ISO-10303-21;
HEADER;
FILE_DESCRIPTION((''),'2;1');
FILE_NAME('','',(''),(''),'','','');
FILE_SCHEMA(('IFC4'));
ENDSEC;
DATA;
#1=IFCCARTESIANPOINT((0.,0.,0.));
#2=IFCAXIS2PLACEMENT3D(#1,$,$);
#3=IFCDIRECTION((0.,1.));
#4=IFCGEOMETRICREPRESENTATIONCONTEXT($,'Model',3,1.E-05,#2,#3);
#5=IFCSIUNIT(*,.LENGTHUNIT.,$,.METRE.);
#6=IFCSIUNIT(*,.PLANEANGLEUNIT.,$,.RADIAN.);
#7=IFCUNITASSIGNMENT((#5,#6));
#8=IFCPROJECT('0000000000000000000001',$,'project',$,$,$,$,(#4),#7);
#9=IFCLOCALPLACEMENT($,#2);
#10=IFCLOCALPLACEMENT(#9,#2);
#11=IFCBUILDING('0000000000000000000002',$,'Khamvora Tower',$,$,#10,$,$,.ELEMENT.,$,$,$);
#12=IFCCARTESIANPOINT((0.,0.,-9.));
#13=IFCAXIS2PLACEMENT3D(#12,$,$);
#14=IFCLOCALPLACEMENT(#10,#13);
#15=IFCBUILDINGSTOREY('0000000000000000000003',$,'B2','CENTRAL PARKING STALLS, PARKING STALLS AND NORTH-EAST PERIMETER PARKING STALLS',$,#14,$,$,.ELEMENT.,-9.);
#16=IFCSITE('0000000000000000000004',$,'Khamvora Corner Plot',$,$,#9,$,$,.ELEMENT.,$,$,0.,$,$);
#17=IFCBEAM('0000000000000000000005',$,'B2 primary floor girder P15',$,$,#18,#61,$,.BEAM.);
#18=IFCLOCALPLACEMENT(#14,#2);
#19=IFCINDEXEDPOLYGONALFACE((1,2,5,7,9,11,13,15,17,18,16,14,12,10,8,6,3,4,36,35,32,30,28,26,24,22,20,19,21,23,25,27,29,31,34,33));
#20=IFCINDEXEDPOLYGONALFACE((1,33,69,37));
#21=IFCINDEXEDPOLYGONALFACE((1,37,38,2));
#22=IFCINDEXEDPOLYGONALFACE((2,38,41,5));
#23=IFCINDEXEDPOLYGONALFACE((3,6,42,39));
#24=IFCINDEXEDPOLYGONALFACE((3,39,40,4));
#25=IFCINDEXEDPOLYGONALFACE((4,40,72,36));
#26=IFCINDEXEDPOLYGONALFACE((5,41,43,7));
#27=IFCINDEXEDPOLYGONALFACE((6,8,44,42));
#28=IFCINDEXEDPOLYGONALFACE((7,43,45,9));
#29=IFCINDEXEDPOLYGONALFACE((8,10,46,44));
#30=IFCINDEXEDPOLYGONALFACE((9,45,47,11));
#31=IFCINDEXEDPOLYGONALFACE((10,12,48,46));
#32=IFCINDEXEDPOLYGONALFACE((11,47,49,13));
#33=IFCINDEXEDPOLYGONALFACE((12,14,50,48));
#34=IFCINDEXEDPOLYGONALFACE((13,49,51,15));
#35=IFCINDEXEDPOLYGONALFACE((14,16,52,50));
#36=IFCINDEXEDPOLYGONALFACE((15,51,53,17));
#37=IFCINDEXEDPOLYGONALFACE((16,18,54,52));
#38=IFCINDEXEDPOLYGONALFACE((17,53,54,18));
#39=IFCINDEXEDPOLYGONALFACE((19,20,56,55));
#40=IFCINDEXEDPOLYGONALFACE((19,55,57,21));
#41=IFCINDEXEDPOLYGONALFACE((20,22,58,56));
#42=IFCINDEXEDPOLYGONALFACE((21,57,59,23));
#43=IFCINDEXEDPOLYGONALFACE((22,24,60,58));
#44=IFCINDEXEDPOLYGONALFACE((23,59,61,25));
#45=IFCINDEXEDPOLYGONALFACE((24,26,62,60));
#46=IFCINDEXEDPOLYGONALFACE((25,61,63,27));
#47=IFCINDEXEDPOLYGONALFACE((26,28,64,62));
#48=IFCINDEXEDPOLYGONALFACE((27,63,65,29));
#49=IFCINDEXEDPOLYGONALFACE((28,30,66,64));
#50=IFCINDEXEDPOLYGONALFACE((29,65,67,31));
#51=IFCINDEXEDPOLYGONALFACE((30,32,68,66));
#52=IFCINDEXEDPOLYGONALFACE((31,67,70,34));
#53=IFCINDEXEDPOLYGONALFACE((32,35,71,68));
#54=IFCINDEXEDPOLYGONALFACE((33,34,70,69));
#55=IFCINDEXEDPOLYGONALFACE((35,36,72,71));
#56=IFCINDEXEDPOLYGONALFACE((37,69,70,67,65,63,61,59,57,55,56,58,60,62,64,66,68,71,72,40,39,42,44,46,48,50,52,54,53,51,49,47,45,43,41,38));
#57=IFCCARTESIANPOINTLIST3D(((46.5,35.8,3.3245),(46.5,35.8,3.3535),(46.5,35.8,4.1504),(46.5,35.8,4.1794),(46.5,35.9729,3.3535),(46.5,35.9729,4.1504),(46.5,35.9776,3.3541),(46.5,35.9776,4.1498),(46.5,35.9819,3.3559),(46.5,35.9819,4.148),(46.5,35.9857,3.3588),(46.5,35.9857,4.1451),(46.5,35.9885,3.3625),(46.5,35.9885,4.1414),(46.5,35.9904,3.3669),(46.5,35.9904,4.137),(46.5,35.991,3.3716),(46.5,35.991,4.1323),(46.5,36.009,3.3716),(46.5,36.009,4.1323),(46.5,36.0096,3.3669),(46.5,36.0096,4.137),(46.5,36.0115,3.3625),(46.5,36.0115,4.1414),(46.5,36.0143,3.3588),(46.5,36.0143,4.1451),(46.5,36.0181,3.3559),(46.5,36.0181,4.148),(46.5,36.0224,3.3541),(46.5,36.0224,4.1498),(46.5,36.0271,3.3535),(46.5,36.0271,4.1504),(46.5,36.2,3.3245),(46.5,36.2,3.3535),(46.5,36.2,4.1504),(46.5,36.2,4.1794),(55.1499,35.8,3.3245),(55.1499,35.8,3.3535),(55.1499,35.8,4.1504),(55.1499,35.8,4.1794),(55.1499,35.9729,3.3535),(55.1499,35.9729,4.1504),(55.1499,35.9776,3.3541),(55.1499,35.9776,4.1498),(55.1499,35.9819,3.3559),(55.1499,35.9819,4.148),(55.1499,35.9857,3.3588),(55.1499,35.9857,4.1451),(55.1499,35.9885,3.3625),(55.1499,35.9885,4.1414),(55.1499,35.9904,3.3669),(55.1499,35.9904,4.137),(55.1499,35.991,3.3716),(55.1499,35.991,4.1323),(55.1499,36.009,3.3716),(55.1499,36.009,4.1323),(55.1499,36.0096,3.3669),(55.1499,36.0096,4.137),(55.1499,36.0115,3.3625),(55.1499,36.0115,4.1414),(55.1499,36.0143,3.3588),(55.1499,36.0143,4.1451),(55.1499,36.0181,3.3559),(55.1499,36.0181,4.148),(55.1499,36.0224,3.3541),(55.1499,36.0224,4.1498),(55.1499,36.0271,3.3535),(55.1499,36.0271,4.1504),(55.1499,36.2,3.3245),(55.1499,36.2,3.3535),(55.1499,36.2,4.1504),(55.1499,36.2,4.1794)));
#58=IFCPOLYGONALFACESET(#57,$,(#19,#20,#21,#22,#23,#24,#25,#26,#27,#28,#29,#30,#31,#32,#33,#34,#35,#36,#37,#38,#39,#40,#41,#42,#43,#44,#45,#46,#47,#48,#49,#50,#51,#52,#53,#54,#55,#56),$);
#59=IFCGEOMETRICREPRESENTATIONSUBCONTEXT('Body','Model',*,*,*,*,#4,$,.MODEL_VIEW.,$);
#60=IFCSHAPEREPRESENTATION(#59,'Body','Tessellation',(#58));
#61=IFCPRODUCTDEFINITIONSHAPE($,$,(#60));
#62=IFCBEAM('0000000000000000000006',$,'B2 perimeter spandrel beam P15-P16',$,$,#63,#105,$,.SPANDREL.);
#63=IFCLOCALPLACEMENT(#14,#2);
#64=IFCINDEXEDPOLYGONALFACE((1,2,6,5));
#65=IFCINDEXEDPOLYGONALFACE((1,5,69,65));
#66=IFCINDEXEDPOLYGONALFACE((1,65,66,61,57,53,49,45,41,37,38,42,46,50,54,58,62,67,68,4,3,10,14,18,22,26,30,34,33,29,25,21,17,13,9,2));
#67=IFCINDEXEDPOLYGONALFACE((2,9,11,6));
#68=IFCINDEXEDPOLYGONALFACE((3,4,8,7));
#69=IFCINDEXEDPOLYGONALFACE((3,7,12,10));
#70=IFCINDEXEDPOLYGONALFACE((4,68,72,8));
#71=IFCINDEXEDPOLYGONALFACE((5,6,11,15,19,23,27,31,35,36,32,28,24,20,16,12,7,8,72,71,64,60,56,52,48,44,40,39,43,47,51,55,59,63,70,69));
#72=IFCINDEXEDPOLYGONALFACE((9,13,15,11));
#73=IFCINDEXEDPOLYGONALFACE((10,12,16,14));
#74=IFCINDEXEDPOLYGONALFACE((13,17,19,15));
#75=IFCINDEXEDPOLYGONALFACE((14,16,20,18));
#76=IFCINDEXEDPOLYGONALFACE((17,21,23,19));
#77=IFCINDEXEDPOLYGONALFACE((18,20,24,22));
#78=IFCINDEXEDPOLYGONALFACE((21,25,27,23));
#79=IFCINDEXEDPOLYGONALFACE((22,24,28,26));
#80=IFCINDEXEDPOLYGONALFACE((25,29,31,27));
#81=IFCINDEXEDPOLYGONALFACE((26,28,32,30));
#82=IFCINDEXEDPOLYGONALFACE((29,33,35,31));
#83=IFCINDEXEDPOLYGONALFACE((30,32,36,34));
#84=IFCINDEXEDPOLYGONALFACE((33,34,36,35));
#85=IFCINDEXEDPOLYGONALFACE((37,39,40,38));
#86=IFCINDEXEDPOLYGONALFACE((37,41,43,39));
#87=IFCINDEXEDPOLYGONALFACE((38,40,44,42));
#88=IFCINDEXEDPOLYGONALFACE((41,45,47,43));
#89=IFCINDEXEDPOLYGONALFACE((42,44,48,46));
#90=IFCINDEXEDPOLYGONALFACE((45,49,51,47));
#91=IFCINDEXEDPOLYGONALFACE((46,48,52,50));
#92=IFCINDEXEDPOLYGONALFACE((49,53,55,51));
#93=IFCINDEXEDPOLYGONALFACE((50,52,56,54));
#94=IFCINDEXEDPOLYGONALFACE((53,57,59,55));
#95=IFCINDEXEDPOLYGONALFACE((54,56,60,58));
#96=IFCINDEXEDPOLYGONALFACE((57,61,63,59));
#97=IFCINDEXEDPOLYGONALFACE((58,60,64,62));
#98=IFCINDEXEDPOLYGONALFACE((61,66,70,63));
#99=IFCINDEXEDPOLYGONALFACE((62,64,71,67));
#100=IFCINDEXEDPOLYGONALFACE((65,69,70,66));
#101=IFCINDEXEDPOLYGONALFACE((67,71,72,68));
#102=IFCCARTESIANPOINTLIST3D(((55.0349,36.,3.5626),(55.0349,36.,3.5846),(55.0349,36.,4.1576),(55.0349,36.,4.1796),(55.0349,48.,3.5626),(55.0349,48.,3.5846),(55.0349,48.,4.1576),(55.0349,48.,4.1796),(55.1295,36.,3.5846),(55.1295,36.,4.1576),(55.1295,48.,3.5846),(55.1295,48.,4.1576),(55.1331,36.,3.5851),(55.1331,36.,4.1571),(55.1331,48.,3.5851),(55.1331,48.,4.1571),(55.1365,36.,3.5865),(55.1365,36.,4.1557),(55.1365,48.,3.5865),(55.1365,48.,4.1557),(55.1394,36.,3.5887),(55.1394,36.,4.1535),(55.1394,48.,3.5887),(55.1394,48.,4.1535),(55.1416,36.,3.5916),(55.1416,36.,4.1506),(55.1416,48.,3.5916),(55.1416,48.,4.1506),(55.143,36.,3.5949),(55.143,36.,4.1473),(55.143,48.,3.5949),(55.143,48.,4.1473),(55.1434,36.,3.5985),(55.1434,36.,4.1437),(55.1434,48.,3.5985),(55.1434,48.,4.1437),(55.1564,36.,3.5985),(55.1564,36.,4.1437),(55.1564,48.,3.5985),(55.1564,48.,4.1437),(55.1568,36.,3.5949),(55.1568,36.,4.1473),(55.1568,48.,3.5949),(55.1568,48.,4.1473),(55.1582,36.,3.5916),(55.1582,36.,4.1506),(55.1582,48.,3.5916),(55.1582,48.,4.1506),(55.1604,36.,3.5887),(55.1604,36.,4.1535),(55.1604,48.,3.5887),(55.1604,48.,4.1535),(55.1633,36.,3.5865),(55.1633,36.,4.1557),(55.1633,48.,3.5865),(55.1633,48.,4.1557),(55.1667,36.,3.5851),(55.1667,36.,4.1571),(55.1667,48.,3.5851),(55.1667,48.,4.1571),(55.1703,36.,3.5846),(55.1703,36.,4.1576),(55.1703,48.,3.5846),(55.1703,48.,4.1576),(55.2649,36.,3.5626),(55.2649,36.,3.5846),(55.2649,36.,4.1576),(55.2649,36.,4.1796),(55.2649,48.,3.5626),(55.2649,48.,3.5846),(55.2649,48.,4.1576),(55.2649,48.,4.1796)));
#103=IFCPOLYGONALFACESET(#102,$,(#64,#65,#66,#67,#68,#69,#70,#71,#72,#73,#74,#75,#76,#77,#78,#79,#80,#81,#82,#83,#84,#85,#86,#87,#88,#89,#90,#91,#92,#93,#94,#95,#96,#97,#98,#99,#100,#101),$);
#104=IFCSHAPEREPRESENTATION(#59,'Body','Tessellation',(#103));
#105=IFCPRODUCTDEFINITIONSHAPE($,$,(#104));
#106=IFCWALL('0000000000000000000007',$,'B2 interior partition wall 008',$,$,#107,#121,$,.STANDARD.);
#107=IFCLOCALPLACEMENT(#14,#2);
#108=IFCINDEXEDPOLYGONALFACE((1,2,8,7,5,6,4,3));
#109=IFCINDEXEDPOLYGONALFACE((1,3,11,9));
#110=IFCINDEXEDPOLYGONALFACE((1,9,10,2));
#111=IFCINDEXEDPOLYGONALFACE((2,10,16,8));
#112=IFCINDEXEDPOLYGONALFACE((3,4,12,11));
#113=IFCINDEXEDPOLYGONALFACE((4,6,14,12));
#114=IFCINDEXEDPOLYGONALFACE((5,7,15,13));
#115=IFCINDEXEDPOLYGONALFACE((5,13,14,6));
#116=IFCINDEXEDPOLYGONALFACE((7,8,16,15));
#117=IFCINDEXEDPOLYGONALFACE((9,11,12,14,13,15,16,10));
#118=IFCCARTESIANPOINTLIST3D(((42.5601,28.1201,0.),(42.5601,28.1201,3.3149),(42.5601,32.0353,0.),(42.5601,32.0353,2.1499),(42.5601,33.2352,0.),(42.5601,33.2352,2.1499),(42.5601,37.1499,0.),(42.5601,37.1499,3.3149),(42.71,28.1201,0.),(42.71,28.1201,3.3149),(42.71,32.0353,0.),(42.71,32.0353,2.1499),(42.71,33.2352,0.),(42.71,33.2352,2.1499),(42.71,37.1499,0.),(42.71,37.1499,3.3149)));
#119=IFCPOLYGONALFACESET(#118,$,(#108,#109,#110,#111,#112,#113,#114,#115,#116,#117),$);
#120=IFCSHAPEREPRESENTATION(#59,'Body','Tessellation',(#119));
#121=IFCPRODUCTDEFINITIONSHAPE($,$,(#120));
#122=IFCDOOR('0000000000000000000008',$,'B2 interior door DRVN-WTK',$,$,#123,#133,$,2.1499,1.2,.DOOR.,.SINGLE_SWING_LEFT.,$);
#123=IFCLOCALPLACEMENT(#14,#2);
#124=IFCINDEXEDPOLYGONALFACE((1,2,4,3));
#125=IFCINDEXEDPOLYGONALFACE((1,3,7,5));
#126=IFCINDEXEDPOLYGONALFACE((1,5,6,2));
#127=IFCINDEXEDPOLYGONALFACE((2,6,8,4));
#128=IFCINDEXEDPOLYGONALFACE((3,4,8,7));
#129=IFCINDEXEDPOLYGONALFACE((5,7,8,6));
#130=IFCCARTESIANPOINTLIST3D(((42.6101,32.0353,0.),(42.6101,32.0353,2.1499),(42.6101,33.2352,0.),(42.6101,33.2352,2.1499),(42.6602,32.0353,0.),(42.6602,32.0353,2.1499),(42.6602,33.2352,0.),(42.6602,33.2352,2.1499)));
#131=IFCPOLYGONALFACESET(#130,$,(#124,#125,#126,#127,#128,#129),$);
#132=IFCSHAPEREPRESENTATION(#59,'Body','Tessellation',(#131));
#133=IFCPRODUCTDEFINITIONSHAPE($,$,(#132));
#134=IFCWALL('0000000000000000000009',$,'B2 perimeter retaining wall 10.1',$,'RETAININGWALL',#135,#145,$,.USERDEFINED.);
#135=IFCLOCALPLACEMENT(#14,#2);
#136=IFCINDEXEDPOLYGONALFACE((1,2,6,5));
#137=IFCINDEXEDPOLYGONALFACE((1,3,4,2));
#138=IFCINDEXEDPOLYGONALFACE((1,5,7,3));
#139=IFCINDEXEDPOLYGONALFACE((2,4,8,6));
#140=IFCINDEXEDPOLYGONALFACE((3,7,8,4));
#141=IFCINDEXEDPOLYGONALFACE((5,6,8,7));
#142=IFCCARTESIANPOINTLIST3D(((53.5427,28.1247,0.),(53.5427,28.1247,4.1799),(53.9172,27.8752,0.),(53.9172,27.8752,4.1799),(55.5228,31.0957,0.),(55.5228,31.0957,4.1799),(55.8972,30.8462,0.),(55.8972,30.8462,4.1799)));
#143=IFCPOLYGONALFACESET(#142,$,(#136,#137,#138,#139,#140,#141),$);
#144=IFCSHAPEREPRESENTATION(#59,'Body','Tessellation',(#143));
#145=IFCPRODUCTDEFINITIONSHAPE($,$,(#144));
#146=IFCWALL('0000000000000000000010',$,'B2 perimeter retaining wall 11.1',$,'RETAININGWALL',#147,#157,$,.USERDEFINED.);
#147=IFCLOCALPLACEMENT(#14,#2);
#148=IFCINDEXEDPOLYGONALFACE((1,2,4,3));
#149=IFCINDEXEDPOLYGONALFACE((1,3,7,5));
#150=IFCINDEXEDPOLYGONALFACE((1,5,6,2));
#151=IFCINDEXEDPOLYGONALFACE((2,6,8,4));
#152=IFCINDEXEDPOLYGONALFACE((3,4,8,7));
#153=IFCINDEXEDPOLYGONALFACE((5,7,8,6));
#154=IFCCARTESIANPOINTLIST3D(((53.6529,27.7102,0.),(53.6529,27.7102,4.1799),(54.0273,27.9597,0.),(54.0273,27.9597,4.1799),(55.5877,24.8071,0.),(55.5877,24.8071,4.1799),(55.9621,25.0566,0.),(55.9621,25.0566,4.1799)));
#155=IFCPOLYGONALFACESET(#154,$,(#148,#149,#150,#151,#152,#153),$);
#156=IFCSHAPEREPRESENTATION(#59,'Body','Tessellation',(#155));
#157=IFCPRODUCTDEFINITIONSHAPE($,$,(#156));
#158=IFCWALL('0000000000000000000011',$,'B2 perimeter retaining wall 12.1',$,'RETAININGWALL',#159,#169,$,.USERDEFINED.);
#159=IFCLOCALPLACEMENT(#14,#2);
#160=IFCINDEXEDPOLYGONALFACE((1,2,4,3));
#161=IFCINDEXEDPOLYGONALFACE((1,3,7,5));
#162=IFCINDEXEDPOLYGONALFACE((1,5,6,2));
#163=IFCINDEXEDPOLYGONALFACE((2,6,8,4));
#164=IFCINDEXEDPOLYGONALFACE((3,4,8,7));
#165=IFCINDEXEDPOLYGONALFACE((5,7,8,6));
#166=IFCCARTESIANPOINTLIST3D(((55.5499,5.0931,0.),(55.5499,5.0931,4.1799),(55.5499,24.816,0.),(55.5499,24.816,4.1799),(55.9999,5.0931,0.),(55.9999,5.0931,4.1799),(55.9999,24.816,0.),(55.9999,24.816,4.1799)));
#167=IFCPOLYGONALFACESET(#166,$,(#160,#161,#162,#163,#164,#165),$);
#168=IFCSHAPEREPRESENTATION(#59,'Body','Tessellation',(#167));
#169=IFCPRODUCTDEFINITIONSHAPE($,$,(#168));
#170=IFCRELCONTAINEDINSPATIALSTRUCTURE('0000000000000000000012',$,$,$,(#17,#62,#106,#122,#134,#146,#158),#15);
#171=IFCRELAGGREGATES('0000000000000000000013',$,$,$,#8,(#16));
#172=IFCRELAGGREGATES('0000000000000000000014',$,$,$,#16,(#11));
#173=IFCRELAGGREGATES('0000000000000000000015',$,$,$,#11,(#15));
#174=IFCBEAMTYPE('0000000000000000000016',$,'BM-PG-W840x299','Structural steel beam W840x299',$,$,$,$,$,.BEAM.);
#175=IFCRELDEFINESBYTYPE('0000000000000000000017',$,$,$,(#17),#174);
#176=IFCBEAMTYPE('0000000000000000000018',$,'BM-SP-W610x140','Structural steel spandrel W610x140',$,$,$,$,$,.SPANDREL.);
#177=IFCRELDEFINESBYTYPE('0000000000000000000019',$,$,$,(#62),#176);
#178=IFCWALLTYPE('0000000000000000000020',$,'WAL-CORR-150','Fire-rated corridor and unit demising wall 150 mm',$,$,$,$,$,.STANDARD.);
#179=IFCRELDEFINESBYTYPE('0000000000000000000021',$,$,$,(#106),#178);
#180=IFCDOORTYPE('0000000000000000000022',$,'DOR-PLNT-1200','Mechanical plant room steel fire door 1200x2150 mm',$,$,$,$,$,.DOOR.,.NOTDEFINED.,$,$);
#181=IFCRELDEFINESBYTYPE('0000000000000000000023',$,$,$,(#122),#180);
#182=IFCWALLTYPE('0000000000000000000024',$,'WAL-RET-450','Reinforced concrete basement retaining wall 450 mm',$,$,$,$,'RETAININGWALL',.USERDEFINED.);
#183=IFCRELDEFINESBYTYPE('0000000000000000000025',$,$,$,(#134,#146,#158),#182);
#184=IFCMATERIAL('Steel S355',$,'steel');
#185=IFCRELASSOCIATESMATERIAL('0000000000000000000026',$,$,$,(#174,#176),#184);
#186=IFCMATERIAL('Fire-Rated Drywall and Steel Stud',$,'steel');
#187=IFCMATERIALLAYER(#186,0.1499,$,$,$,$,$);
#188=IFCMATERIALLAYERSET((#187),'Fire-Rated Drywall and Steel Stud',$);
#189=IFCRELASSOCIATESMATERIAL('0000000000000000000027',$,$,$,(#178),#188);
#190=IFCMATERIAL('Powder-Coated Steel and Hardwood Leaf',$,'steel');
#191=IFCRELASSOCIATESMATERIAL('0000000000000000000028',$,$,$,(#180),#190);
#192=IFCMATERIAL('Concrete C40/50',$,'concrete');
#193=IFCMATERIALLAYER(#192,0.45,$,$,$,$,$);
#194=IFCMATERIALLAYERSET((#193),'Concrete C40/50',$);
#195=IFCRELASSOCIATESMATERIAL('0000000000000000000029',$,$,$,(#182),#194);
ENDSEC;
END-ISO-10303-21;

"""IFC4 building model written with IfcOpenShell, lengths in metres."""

from ifc_helpers import new_model, si_unit, direction, frame, frame_2d, origin, origin_2d, place, context, subcontext, project, spatial, rectangle, i_section, extrude, material, layer, layer_set, material_profile, profile_set, type_object, element, fill, save


model = new_model("IFC4")

# Units and contexts
model_context = context("Model", 3, precision=1e-05, world=origin(), true_north=direction((0.0, 1.0)))
body_context = subcontext(model_context, "Body", "Model", "MODEL_VIEW")
ifc_project = project(units=[si_unit("LENGTHUNIT", "METRE"), si_unit("PLANEANGLEUNIT", "RADIAN")], contexts=[model_context])

# Site, building, storey
site_placement = place(None, origin())
site = spatial("IfcSite", under=ifc_project, at=site_placement, Name="Khamvora Corner Plot", CompositionType="ELEMENT", RefElevation=0.0)
building_placement = place(site_placement, origin())
building = spatial("IfcBuilding", under=site, at=building_placement, Name="Khamvora Tower", CompositionType="ELEMENT")
storey_placement = place(building_placement, frame((0.0, 0.0, -9.0)))
storey = spatial("IfcBuildingStorey", under=building, at=storey_placement, Name="B2", Description="CENTRAL PARKING STALLS, PARKING STALLS AND NORTH-EAST PERIMETER PARKING STALLS", CompositionType="ELEMENT", Elevation=-9.0)

# Shared definitions
ifc_material_1 = material(Name="Concrete C40/50", Category="concrete")

# Beams
ifc_material_2 = material(Name="Steel S355", Category="steel")
ifc_material_profile_1 = material_profile(ifc_material_2, i_section(OverallWidth=0.3999, OverallDepth=0.855, WebThickness=0.0181, FlangeThickness=0.0291, FilletRadius=0.0181, at=origin_2d()), Name="W840x299")
ifc_profile_set_1 = profile_set([ifc_material_profile_1], Name="Steel S355")
beam_type_1 = type_object("IfcBeamType", Name="BM-PG-W840x299", Description="Structural steel beam W840x299", PredefinedType="BEAM", material=ifc_profile_set_1)
beam_1_placement = place(storey_placement, frame((46.5, 36.0, 3.752), z_axis=(1.0, 0.0, 0.0), x_axis=(0.0, 1.0, 0.0)))
element("IfcBeam", 1, at=beam_1_placement, inside=storey, type_object=beam_type_1, Name="B2 primary floor girder P15", PredefinedType="BEAM", context=body_context, shape_type="SweptSolid", body=[
    extrude(i_section(OverallWidth=0.3999, OverallDepth=0.855, WebThickness=0.0181, FlangeThickness=0.0291, FilletRadius=0.0181, at=origin_2d()), origin(), (0.0, 0.0, 1.0), 8.6499),
])
ifc_material_profile_2 = material_profile(ifc_material_2, i_section(OverallWidth=0.23, OverallDepth=0.6169, WebThickness=0.0129, FlangeThickness=0.022, FilletRadius=0.0139, at=origin_2d()), Name="W610x140")
ifc_profile_set_2 = profile_set([ifc_material_profile_2], Name="Steel S355")
beam_type_2 = type_object("IfcBeamType", Name="BM-SP-W610x140", Description="Structural steel spandrel W610x140", PredefinedType="SPANDREL", material=ifc_profile_set_2)
beam_2_placement = place(storey_placement, frame((55.1499, 36.0, 3.8711), z_axis=(0.0, 1.0, 0.0), x_axis=(-1.0, 0.0, 0.0)))
element("IfcBeam", 2, at=beam_2_placement, inside=storey, type_object=beam_type_2, Name="B2 perimeter spandrel beam P15-P16", PredefinedType="SPANDREL", context=body_context, shape_type="SweptSolid", body=[
    extrude(i_section(OverallWidth=0.23, OverallDepth=0.6169, WebThickness=0.0129, FlangeThickness=0.022, FilletRadius=0.0139, at=origin_2d()), origin(), (0.0, 0.0, 1.0), 12.0),
])

# Wall, opening, door
ifc_material_3 = material(Name="Fire-Rated Drywall and Steel Stud", Category="steel")
ifc_layer_1 = layer(ifc_material_3, 0.1499)
ifc_layer_set_1 = layer_set([ifc_layer_1], Name="Fire-Rated Drywall and Steel Stud")
wall_type_1 = type_object("IfcWallType", Name="WAL-CORR-150", Description="Fire-rated corridor and unit demising wall 150 mm", PredefinedType="STANDARD", material=ifc_layer_set_1)
ifc_material_4 = material(Name="Powder-Coated Steel and Hardwood Leaf", Category="steel")
door_type_1 = type_object("IfcDoorType", Name="DOR-PLNT-1200", Description="Mechanical plant room steel fire door 1200x2150 mm", OperationType="NOTDEFINED", PredefinedType="DOOR", material=ifc_material_4)
wall_1_placement = place(storey_placement, frame((42.635, 28.1201, 0.0), z_axis=(0.0, 0.0, 1.0), x_axis=(0.0, 1.0, 0.0)))
wall_1 = element("IfcWall", 3, at=wall_1_placement, inside=storey, type_object=wall_type_1, Name="B2 interior partition wall 008", PredefinedType="STANDARD", context=body_context, shape_type="SweptSolid", body=[
    extrude(rectangle(XDim=9.0298, YDim=0.1499, at=frame_2d((4.5149, 0.0))), origin(), (0.0, 0.0, 1.0), 3.3149),
])
opening_1_placement = place(wall_1_placement, frame((3.915, 0.0, 0.0)))
opening_1 = element("IfcOpeningElement", 4, at=opening_1_placement, cuts=wall_1, PredefinedType="OPENING", context=body_context, shape_type="SweptSolid", body=[
    extrude(rectangle(XDim=1.2, YDim=2.1499, at=frame_2d((0.6001, 1.075))), frame((0.0, 0.085, 0.0), z_axis=(0.0, -1.0, 0.0), x_axis=(1.0, 0.0, 0.0)), (0.0, 0.0, 1.0), 0.1699),
])
door_1_placement = place(opening_1_placement, origin())
door_1 = element("IfcDoor", 5, at=door_1_placement, inside=storey, type_object=door_type_1, Name="B2 interior door DRVN-WTK", OperationType="SINGLE_SWING_LEFT", OverallHeight=2.1499, OverallWidth=1.2, PredefinedType="DOOR", context=body_context, shape_type="SweptSolid", body=[
    extrude(rectangle(XDim=1.2, YDim=2.1499, at=frame_2d((0.6001, 1.075))), frame((0.0, 0.0249, 0.0), z_axis=(0.0, -1.0, 0.0), x_axis=(1.0, 0.0, 0.0)), (0.0, 0.0, 1.0), 0.05),
])
fill(opening_1, door_1)

# Walls
ifc_layer_2 = layer(ifc_material_1, 0.45)
ifc_layer_set_2 = layer_set([ifc_layer_2], Name="Concrete C40/50")
wall_type_2 = type_object("IfcWallType", Name="WAL-RET-450", Description="Reinforced concrete basement retaining wall 450 mm", ElementType="RETAININGWALL", PredefinedType="USERDEFINED", material=ifc_layer_set_2)
wall_2_placement = place(storey_placement, frame((55.71, 30.9709, 0.0), z_axis=(0.0, 0.0, 1.0), x_axis=(-0.554574, -0.832134, 0.0)))
element("IfcWall", 6, at=wall_2_placement, inside=storey, type_object=wall_type_2, Name="B2 perimeter retaining wall 10.1", ObjectType="RETAININGWALL", PredefinedType="USERDEFINED", context=body_context, shape_type="SweptSolid", body=[
    extrude(rectangle(XDim=3.5703, YDim=0.45, at=frame_2d((1.7852, 0.0))), origin(), (0.0, 0.0, 1.0), 4.1799),
])
wall_3_placement = place(storey_placement, frame((53.8401, 27.835, 0.0), z_axis=(0.0, 0.0, 1.0), x_axis=(0.554587, -0.832126, 0.0)))
element("IfcWall", 7, at=wall_3_placement, inside=storey, type_object=wall_type_2, Name="B2 perimeter retaining wall 11.1", ObjectType="RETAININGWALL", PredefinedType="USERDEFINED", context=body_context, shape_type="SweptSolid", body=[
    extrude(rectangle(XDim=3.4888, YDim=0.45, at=frame_2d((1.7444, 0.0))), origin(), (0.0, 0.0, 1.0), 4.1799),
])
wall_4_placement = place(storey_placement, frame((55.7749, 24.8159, 0.0), z_axis=(0.0, 0.0, 1.0), x_axis=(0.0, -1.0, 0.0)))
element("IfcWall", 8, at=wall_4_placement, inside=storey, type_object=wall_type_2, Name="B2 perimeter retaining wall 12.1", ObjectType="RETAININGWALL", PredefinedType="USERDEFINED", context=body_context, shape_type="SweptSolid", body=[
    extrude(rectangle(XDim=19.7229, YDim=0.45, at=frame_2d((9.8613, 0.0))), origin(), (0.0, 0.0, 1.0), 4.1799),
])

save(model, "model.ifc")
